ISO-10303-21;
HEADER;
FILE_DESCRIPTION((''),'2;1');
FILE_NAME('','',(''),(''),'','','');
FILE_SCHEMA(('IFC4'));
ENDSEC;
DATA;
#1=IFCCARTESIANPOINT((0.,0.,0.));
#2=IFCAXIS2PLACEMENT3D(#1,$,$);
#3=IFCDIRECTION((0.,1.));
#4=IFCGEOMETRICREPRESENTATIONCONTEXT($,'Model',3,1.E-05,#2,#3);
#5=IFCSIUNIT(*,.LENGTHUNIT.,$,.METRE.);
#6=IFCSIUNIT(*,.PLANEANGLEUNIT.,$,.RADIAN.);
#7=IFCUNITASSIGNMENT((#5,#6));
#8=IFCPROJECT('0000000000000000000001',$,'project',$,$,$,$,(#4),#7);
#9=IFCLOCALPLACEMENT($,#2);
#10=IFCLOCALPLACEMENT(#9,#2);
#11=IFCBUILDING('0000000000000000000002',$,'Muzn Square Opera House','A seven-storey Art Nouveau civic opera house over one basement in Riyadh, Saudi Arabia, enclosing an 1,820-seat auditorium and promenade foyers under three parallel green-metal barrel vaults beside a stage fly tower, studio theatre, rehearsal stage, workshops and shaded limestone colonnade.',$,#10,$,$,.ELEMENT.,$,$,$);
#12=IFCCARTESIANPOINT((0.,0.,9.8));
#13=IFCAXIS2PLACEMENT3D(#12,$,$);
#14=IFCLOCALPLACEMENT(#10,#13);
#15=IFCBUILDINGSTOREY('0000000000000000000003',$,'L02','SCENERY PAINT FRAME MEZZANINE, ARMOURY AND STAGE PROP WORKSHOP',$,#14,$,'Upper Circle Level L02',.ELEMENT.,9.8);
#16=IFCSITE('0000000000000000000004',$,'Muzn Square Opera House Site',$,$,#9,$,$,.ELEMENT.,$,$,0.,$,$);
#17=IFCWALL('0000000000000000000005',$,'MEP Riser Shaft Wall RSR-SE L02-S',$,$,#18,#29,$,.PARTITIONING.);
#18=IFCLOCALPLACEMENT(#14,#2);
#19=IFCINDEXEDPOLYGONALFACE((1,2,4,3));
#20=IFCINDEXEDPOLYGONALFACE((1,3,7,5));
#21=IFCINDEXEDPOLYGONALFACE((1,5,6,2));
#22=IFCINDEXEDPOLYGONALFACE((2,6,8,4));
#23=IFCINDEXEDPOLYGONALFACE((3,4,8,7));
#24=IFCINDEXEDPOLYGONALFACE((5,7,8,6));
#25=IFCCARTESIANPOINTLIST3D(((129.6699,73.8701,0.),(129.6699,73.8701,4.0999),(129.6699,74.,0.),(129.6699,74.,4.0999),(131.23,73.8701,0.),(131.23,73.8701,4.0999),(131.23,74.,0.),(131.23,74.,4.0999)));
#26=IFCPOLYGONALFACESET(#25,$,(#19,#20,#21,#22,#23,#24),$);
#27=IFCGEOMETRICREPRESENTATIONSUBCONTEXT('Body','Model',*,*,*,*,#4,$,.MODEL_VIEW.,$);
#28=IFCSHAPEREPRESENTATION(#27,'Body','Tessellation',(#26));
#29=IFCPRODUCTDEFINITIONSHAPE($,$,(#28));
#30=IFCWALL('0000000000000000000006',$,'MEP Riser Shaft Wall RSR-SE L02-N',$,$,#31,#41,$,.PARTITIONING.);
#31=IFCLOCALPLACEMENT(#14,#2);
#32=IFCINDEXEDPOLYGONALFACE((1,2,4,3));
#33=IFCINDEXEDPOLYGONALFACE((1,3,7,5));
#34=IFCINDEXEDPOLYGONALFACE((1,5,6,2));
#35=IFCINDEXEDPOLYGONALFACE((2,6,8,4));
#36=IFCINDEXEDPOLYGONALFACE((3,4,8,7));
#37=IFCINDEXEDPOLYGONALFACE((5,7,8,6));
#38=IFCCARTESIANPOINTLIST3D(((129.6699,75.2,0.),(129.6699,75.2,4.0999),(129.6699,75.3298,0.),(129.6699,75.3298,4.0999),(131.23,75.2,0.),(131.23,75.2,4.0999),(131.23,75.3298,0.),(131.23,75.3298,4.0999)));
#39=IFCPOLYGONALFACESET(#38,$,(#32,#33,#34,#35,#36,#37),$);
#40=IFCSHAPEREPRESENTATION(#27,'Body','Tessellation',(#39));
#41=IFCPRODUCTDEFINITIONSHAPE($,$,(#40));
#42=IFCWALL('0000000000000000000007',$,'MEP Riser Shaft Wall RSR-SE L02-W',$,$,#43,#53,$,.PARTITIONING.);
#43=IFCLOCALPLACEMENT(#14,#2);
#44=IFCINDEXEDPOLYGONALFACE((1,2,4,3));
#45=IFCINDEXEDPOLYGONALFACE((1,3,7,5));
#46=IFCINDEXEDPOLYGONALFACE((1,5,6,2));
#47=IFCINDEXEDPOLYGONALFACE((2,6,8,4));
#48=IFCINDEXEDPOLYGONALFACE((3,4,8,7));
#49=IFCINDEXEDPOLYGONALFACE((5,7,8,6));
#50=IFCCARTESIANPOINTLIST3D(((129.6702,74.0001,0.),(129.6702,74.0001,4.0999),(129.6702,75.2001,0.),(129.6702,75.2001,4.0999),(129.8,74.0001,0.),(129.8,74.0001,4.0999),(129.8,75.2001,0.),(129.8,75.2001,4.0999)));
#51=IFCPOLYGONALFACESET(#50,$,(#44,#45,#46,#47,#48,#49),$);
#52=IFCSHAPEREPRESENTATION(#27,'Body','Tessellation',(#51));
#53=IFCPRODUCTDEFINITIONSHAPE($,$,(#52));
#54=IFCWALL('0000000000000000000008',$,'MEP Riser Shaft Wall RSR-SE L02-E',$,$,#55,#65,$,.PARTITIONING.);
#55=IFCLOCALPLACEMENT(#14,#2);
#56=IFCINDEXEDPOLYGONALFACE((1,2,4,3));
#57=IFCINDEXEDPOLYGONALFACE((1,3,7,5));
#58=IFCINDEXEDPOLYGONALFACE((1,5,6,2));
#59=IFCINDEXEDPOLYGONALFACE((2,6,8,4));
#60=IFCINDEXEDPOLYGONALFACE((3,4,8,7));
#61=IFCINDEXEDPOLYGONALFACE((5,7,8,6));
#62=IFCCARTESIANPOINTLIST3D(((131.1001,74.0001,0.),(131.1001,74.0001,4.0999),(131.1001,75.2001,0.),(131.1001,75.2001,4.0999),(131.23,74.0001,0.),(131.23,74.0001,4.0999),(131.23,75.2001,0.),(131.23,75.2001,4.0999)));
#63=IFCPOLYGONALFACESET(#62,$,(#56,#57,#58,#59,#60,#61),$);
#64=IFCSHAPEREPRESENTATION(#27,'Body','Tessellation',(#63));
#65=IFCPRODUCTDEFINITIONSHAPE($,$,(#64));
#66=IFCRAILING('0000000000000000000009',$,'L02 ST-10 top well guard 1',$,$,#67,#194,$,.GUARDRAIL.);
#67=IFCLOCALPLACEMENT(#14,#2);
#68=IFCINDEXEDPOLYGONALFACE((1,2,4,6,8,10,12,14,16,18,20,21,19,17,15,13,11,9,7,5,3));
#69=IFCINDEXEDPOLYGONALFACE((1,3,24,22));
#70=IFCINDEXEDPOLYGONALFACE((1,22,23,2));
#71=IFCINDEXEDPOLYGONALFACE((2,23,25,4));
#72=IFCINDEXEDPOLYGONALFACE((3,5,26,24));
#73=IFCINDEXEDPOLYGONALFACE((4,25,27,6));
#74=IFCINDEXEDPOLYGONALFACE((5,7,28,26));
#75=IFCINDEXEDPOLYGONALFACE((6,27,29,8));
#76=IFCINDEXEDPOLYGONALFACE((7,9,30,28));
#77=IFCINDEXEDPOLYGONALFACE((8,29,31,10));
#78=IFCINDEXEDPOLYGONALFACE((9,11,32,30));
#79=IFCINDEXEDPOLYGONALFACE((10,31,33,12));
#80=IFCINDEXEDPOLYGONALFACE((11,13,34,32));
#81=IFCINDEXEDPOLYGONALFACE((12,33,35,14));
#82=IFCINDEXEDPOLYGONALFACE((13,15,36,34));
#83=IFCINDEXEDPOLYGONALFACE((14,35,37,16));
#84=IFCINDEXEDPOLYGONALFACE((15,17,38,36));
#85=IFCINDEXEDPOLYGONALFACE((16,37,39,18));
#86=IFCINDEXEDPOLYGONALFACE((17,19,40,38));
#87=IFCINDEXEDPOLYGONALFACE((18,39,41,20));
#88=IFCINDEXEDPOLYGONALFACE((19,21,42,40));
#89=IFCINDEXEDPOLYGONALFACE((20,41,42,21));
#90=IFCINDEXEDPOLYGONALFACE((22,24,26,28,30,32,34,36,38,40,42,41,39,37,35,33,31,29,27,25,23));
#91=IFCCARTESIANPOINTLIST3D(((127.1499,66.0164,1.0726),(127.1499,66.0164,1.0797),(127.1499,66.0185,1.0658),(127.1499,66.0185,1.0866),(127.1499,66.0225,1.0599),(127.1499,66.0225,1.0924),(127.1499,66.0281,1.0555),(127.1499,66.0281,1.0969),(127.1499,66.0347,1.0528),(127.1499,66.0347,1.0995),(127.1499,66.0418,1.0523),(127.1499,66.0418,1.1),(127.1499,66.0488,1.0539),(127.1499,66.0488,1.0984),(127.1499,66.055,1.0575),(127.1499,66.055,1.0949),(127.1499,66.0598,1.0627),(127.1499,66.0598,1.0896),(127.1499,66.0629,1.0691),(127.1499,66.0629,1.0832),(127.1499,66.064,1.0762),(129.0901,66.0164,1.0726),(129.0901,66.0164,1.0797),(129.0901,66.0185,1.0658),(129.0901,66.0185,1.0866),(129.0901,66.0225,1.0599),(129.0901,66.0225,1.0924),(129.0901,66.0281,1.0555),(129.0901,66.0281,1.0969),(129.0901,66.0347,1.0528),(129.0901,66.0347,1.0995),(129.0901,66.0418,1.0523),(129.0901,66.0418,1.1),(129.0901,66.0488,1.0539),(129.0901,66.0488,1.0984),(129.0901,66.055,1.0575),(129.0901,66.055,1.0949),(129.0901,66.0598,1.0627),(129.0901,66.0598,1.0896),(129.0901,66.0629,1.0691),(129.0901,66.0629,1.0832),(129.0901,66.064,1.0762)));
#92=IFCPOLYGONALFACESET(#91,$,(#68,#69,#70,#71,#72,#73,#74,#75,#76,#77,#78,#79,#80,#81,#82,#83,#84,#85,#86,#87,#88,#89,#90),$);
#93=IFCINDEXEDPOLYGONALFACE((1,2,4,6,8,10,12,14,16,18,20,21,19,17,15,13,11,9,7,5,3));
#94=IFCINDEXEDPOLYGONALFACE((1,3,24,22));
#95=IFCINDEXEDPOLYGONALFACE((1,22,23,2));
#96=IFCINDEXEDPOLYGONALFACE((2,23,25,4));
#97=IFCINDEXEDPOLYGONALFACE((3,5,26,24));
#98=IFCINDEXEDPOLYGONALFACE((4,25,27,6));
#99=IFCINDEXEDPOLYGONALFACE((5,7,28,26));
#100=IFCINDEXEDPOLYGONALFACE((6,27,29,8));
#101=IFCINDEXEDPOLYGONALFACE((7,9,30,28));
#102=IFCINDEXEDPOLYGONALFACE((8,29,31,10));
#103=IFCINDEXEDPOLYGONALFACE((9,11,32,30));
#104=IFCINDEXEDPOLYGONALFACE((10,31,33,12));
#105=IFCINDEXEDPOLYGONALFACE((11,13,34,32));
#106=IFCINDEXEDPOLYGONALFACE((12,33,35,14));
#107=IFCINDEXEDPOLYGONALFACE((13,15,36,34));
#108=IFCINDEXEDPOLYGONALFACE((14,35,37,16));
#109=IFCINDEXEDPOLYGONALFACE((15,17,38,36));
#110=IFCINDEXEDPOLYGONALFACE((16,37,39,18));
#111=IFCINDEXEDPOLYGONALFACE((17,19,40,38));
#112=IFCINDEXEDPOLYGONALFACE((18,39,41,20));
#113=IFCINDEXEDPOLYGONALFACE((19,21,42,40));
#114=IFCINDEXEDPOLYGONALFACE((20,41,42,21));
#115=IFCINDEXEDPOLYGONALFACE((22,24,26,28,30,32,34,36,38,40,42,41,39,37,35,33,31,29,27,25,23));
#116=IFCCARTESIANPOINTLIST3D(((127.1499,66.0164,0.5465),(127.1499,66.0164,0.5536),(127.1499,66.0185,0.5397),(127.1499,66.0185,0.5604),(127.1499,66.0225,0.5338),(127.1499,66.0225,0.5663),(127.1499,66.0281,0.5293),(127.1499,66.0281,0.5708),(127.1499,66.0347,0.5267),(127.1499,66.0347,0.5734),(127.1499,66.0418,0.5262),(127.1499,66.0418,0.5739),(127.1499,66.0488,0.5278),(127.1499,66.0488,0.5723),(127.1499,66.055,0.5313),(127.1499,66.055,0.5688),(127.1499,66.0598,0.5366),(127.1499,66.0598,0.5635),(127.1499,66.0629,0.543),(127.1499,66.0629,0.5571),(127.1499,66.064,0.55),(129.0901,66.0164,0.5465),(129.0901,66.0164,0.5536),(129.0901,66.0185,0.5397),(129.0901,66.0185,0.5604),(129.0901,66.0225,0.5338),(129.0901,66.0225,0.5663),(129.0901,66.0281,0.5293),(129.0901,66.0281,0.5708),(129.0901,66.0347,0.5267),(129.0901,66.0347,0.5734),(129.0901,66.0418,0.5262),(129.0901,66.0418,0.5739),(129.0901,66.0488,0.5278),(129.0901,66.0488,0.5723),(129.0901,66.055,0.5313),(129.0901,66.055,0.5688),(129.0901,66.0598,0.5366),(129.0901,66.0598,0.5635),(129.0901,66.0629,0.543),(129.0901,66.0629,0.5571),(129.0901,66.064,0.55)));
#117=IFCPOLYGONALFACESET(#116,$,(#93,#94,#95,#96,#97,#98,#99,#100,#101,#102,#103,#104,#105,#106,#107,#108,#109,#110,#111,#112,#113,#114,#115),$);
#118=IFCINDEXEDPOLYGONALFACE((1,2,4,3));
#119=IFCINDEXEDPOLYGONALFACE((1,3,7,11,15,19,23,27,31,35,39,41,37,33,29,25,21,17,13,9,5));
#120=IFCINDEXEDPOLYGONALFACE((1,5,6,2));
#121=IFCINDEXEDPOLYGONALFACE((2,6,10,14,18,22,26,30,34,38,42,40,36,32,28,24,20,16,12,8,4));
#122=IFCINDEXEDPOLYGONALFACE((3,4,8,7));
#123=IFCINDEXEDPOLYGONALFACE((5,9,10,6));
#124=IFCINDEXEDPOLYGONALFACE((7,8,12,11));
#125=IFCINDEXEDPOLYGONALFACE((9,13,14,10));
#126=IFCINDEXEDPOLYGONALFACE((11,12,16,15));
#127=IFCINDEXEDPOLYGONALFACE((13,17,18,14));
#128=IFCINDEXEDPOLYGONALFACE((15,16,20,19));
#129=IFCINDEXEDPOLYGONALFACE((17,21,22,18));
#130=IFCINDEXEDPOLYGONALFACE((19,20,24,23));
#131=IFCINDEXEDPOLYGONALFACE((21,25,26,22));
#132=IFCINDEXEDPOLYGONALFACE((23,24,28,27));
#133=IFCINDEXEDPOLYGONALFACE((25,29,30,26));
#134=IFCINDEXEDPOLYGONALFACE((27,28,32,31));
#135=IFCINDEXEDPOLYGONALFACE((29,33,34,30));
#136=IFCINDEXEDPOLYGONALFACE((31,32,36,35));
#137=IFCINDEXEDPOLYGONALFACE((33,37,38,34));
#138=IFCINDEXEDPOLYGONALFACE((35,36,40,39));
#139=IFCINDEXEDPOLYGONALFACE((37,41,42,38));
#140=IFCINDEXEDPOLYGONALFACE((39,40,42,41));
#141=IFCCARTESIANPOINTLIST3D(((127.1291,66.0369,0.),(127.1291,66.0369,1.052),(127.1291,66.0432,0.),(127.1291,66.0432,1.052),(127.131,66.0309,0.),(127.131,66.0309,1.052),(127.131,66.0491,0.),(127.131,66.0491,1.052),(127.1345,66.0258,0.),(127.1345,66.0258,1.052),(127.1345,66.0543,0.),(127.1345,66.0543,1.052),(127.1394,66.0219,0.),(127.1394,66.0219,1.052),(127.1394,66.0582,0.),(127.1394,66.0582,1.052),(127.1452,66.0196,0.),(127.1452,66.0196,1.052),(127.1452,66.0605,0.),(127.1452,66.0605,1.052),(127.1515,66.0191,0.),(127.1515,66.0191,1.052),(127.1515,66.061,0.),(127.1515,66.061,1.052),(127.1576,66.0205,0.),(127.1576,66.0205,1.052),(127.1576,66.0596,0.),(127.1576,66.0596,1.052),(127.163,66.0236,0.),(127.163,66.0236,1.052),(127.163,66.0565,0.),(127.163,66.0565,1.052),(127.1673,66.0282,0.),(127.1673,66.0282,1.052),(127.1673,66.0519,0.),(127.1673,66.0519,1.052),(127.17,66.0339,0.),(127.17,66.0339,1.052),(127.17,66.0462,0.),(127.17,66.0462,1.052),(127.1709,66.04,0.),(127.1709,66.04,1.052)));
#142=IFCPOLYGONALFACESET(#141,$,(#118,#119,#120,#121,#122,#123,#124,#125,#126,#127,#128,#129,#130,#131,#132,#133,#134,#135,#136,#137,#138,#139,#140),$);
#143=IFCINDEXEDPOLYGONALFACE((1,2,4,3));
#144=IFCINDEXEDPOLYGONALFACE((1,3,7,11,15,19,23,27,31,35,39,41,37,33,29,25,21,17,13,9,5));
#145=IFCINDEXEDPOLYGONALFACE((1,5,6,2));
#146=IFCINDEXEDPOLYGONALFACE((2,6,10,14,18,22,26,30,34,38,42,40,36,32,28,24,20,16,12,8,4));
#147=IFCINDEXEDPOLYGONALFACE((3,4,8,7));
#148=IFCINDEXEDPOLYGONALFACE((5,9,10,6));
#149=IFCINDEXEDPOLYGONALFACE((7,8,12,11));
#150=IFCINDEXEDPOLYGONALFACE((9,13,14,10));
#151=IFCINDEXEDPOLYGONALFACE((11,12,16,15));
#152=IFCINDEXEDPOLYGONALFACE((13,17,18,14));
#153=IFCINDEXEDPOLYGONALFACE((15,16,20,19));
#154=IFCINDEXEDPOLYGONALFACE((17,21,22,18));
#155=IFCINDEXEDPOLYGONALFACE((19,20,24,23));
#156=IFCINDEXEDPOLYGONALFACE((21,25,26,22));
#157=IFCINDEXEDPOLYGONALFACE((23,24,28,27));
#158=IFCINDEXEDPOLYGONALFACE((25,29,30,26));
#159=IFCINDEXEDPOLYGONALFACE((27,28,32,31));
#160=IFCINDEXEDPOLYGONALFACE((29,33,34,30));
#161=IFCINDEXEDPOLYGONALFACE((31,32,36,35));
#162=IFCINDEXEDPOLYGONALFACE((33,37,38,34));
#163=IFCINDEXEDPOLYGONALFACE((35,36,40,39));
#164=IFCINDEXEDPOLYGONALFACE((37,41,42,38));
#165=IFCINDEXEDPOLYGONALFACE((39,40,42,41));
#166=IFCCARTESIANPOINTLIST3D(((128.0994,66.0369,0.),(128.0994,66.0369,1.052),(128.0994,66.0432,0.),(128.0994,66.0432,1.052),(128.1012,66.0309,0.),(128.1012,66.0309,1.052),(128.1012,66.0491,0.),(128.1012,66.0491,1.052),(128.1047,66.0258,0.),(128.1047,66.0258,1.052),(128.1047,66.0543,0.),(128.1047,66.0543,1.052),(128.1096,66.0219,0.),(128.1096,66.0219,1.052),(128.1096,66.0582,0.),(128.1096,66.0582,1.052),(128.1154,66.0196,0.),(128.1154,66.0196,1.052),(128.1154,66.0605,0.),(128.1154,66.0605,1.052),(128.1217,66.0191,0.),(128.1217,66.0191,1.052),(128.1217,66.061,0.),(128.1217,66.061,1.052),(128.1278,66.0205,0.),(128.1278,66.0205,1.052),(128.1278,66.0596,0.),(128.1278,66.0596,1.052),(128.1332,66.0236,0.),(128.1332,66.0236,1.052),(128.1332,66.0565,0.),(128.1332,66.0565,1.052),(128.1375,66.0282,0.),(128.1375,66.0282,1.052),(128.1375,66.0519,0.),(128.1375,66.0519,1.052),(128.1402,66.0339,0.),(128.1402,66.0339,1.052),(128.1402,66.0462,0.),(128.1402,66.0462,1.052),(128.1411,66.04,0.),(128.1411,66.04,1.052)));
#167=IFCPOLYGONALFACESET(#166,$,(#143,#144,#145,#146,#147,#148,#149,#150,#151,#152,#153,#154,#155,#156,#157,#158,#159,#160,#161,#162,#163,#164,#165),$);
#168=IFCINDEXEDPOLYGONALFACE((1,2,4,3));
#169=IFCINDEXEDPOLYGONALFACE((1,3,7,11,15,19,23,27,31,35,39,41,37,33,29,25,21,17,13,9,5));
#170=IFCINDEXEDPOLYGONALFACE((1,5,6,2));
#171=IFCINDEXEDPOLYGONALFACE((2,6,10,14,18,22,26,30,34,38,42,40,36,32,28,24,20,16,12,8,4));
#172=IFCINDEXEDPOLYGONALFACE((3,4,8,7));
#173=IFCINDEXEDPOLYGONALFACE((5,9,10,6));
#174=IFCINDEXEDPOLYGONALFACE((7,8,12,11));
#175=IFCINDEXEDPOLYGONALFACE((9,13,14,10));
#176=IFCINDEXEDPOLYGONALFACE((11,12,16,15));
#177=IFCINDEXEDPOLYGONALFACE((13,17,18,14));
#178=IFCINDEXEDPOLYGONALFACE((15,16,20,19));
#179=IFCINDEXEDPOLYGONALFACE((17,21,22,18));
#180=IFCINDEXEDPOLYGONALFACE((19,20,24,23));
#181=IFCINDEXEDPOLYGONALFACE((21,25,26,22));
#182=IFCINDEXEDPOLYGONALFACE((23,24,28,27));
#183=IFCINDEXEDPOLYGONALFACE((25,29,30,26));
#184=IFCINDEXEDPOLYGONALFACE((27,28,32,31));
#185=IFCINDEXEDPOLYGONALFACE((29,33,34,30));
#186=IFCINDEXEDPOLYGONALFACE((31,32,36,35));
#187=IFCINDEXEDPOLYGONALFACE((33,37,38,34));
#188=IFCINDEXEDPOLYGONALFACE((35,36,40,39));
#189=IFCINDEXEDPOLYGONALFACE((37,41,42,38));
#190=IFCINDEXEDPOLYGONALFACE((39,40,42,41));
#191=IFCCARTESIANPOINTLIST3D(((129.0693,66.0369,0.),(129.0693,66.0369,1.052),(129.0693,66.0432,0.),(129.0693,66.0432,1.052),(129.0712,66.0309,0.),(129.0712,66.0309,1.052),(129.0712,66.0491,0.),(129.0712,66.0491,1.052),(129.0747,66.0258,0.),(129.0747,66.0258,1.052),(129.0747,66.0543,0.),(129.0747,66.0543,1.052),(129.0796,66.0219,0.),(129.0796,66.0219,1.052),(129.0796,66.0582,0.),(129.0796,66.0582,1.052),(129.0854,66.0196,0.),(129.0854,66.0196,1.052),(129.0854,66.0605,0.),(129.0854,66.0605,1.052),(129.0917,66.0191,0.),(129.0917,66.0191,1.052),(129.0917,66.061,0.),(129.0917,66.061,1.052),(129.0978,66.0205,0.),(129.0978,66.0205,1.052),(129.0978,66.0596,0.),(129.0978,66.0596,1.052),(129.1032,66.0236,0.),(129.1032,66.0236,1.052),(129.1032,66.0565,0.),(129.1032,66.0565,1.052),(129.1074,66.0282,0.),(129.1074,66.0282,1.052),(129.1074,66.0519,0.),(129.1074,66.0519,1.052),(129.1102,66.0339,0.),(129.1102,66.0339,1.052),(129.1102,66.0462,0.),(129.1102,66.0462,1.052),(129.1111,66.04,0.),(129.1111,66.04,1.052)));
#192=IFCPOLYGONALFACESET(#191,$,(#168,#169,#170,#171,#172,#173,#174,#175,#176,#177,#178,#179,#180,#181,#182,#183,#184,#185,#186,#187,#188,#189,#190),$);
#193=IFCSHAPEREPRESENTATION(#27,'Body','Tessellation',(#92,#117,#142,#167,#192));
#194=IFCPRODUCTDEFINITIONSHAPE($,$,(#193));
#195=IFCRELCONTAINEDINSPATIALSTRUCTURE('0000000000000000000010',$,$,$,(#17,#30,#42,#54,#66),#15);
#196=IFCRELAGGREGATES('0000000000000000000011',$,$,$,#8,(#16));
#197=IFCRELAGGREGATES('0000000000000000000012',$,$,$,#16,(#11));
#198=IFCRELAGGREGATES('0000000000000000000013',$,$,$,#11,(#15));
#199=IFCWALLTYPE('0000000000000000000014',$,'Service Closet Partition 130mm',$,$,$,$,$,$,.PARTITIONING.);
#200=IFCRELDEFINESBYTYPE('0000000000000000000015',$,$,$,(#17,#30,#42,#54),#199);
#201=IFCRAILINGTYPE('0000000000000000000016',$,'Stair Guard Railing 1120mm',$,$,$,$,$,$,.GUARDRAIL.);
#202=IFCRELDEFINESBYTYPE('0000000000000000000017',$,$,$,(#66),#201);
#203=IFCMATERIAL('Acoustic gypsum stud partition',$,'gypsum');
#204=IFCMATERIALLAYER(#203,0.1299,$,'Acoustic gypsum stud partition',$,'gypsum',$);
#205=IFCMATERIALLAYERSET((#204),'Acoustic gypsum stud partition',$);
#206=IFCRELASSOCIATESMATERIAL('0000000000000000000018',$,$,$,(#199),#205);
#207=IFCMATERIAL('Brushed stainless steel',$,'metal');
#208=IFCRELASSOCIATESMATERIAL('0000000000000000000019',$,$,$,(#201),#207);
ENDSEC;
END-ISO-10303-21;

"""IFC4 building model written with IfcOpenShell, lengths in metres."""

from ifc_helpers import new_model, si_unit, direction, frame, frame_2d, origin, origin_2d, place, context, subcontext, project, spatial, rectangle, circle, extrude, material, layer, layer_set, type_object, element, save


model = new_model("IFC4")

# Units and contexts
model_context = context("Model", 3, precision=1e-05, world=origin(), true_north=direction((0.0, 1.0)))
body_context = subcontext(model_context, "Body", "Model", "MODEL_VIEW")
ifc_project = project(units=[si_unit("LENGTHUNIT", "METRE"), si_unit("PLANEANGLEUNIT", "RADIAN")], contexts=[model_context])

# Site, building, storey
site_placement = place(None, origin())
site = spatial("IfcSite", under=ifc_project, at=site_placement, Name="Muzn Square Opera House Site", CompositionType="ELEMENT", RefElevation=0.0)
building_placement = place(site_placement, origin())
building = spatial("IfcBuilding", under=site, at=building_placement, Name="Muzn Square Opera House", Description="A seven-storey Art Nouveau civic opera house over one basement in Riyadh, Saudi Arabia, enclosing an 1,820-seat auditorium and promenade foyers under three parallel green-metal barrel vaults beside a stage fly tower, studio theatre, rehearsal stage, workshops and shaded limestone colonnade.", CompositionType="ELEMENT")
storey_placement = place(building_placement, frame((0.0, 0.0, 9.8)))
storey = spatial("IfcBuildingStorey", under=building, at=storey_placement, Name="L02", Description="SCENERY PAINT FRAME MEZZANINE, ARMOURY AND STAGE PROP WORKSHOP", LongName="Upper Circle Level L02", CompositionType="ELEMENT", Elevation=9.8)

# Shared definitions
ifc_material_1 = material(Name="Acoustic gypsum stud partition", Category="gypsum")

# Walls
ifc_layer_1 = layer(ifc_material_1, 0.1299, Name="Acoustic gypsum stud partition", Category="gypsum")
ifc_layer_set_1 = layer_set([ifc_layer_1], Name="Acoustic gypsum stud partition")
wall_type_1 = type_object("IfcWallType", Name="Service Closet Partition 130mm", PredefinedType="PARTITIONING", material=ifc_layer_set_1)
for number, where, z_axis, x_axis, name in (
    (1, (129.6699, 73.9351, 0.0), (0.0, 0.0, 1.0), (1.0, 0.0, 0.0), "MEP Riser Shaft Wall RSR-SE L02-S"),
    (2, (129.6699, 75.2649, 0.0), (0.0, 0.0, 1.0), (1.0, 0.0, 0.0), "MEP Riser Shaft Wall RSR-SE L02-N"),
):
    element("IfcWall", number, at=place(storey_placement, frame(where, z_axis=z_axis, x_axis=x_axis)), inside=storey, type_object=wall_type_1, Name=name, PredefinedType="PARTITIONING", context=body_context, shape_type="SweptSolid", body=[
        extrude(rectangle(XDim=1.5601, YDim=0.1299, at=frame_2d((0.78, 0.0))), origin(), (0.0, 0.0, 1.0), 4.0999),
    ])
for number, where, z_axis, x_axis, name in (
    (3, (129.7351, 74.0, 0.0), (0.0, 0.0, 1.0), (0.0, 1.0, 0.0), "MEP Riser Shaft Wall RSR-SE L02-W"),
    (4, (131.165, 74.0, 0.0), (0.0, 0.0, 1.0), (0.0, 1.0, 0.0), "MEP Riser Shaft Wall RSR-SE L02-E"),
):
    element("IfcWall", number, at=place(storey_placement, frame(where, z_axis=z_axis, x_axis=x_axis)), inside=storey, type_object=wall_type_1, Name=name, PredefinedType="PARTITIONING", context=body_context, shape_type="SweptSolid", body=[
        extrude(rectangle(XDim=1.2, YDim=0.1299, at=frame_2d((0.6001, 0.0))), origin(), (0.0, 0.0, 1.0), 4.0999),
    ])

# Railing
ifc_material_2 = material(Name="Brushed stainless steel", Category="metal")
railing_type = type_object("IfcRailingType", Name="Stair Guard Railing 1120mm", PredefinedType="GUARDRAIL", material=ifc_material_2)
railing_placement = place(storey_placement, frame((127.1499, 66.04, 0.0)))
element("IfcRailing", 5, at=railing_placement, inside=storey, type_object=railing_type, Name="L02 ST-10 top well guard 1", PredefinedType="GUARDRAIL", context=body_context, shape_type="SweptSolid", body=[
    extrude(circle(Radius=0.0239, at=origin_2d()), frame((0.0, 0.0, 1.0762), z_axis=(1.0, 0.0, 0.0), x_axis=(0.0, 1.0, 0.0)), (0.0, 0.0, 1.0), 1.9402),
    extrude(circle(Radius=0.0239, at=origin_2d()), frame((0.0, 0.0, 0.55), z_axis=(1.0, 0.0, 0.0), x_axis=(0.0, 1.0, 0.0)), (0.0, 0.0, 1.0), 1.9402),
    extrude(circle(Radius=0.021, at=origin_2d()), origin(), (0.0, 0.0, 1.0), 1.052),
    extrude(circle(Radius=0.021, at=origin_2d()), frame((0.9702, 0.0, 0.0)), (0.0, 0.0, 1.0), 1.052),
    extrude(circle(Radius=0.021, at=origin_2d()), frame((1.9402, 0.0, 0.0)), (0.0, 0.0, 1.0), 1.052),
])

save(model, "model.ifc")
